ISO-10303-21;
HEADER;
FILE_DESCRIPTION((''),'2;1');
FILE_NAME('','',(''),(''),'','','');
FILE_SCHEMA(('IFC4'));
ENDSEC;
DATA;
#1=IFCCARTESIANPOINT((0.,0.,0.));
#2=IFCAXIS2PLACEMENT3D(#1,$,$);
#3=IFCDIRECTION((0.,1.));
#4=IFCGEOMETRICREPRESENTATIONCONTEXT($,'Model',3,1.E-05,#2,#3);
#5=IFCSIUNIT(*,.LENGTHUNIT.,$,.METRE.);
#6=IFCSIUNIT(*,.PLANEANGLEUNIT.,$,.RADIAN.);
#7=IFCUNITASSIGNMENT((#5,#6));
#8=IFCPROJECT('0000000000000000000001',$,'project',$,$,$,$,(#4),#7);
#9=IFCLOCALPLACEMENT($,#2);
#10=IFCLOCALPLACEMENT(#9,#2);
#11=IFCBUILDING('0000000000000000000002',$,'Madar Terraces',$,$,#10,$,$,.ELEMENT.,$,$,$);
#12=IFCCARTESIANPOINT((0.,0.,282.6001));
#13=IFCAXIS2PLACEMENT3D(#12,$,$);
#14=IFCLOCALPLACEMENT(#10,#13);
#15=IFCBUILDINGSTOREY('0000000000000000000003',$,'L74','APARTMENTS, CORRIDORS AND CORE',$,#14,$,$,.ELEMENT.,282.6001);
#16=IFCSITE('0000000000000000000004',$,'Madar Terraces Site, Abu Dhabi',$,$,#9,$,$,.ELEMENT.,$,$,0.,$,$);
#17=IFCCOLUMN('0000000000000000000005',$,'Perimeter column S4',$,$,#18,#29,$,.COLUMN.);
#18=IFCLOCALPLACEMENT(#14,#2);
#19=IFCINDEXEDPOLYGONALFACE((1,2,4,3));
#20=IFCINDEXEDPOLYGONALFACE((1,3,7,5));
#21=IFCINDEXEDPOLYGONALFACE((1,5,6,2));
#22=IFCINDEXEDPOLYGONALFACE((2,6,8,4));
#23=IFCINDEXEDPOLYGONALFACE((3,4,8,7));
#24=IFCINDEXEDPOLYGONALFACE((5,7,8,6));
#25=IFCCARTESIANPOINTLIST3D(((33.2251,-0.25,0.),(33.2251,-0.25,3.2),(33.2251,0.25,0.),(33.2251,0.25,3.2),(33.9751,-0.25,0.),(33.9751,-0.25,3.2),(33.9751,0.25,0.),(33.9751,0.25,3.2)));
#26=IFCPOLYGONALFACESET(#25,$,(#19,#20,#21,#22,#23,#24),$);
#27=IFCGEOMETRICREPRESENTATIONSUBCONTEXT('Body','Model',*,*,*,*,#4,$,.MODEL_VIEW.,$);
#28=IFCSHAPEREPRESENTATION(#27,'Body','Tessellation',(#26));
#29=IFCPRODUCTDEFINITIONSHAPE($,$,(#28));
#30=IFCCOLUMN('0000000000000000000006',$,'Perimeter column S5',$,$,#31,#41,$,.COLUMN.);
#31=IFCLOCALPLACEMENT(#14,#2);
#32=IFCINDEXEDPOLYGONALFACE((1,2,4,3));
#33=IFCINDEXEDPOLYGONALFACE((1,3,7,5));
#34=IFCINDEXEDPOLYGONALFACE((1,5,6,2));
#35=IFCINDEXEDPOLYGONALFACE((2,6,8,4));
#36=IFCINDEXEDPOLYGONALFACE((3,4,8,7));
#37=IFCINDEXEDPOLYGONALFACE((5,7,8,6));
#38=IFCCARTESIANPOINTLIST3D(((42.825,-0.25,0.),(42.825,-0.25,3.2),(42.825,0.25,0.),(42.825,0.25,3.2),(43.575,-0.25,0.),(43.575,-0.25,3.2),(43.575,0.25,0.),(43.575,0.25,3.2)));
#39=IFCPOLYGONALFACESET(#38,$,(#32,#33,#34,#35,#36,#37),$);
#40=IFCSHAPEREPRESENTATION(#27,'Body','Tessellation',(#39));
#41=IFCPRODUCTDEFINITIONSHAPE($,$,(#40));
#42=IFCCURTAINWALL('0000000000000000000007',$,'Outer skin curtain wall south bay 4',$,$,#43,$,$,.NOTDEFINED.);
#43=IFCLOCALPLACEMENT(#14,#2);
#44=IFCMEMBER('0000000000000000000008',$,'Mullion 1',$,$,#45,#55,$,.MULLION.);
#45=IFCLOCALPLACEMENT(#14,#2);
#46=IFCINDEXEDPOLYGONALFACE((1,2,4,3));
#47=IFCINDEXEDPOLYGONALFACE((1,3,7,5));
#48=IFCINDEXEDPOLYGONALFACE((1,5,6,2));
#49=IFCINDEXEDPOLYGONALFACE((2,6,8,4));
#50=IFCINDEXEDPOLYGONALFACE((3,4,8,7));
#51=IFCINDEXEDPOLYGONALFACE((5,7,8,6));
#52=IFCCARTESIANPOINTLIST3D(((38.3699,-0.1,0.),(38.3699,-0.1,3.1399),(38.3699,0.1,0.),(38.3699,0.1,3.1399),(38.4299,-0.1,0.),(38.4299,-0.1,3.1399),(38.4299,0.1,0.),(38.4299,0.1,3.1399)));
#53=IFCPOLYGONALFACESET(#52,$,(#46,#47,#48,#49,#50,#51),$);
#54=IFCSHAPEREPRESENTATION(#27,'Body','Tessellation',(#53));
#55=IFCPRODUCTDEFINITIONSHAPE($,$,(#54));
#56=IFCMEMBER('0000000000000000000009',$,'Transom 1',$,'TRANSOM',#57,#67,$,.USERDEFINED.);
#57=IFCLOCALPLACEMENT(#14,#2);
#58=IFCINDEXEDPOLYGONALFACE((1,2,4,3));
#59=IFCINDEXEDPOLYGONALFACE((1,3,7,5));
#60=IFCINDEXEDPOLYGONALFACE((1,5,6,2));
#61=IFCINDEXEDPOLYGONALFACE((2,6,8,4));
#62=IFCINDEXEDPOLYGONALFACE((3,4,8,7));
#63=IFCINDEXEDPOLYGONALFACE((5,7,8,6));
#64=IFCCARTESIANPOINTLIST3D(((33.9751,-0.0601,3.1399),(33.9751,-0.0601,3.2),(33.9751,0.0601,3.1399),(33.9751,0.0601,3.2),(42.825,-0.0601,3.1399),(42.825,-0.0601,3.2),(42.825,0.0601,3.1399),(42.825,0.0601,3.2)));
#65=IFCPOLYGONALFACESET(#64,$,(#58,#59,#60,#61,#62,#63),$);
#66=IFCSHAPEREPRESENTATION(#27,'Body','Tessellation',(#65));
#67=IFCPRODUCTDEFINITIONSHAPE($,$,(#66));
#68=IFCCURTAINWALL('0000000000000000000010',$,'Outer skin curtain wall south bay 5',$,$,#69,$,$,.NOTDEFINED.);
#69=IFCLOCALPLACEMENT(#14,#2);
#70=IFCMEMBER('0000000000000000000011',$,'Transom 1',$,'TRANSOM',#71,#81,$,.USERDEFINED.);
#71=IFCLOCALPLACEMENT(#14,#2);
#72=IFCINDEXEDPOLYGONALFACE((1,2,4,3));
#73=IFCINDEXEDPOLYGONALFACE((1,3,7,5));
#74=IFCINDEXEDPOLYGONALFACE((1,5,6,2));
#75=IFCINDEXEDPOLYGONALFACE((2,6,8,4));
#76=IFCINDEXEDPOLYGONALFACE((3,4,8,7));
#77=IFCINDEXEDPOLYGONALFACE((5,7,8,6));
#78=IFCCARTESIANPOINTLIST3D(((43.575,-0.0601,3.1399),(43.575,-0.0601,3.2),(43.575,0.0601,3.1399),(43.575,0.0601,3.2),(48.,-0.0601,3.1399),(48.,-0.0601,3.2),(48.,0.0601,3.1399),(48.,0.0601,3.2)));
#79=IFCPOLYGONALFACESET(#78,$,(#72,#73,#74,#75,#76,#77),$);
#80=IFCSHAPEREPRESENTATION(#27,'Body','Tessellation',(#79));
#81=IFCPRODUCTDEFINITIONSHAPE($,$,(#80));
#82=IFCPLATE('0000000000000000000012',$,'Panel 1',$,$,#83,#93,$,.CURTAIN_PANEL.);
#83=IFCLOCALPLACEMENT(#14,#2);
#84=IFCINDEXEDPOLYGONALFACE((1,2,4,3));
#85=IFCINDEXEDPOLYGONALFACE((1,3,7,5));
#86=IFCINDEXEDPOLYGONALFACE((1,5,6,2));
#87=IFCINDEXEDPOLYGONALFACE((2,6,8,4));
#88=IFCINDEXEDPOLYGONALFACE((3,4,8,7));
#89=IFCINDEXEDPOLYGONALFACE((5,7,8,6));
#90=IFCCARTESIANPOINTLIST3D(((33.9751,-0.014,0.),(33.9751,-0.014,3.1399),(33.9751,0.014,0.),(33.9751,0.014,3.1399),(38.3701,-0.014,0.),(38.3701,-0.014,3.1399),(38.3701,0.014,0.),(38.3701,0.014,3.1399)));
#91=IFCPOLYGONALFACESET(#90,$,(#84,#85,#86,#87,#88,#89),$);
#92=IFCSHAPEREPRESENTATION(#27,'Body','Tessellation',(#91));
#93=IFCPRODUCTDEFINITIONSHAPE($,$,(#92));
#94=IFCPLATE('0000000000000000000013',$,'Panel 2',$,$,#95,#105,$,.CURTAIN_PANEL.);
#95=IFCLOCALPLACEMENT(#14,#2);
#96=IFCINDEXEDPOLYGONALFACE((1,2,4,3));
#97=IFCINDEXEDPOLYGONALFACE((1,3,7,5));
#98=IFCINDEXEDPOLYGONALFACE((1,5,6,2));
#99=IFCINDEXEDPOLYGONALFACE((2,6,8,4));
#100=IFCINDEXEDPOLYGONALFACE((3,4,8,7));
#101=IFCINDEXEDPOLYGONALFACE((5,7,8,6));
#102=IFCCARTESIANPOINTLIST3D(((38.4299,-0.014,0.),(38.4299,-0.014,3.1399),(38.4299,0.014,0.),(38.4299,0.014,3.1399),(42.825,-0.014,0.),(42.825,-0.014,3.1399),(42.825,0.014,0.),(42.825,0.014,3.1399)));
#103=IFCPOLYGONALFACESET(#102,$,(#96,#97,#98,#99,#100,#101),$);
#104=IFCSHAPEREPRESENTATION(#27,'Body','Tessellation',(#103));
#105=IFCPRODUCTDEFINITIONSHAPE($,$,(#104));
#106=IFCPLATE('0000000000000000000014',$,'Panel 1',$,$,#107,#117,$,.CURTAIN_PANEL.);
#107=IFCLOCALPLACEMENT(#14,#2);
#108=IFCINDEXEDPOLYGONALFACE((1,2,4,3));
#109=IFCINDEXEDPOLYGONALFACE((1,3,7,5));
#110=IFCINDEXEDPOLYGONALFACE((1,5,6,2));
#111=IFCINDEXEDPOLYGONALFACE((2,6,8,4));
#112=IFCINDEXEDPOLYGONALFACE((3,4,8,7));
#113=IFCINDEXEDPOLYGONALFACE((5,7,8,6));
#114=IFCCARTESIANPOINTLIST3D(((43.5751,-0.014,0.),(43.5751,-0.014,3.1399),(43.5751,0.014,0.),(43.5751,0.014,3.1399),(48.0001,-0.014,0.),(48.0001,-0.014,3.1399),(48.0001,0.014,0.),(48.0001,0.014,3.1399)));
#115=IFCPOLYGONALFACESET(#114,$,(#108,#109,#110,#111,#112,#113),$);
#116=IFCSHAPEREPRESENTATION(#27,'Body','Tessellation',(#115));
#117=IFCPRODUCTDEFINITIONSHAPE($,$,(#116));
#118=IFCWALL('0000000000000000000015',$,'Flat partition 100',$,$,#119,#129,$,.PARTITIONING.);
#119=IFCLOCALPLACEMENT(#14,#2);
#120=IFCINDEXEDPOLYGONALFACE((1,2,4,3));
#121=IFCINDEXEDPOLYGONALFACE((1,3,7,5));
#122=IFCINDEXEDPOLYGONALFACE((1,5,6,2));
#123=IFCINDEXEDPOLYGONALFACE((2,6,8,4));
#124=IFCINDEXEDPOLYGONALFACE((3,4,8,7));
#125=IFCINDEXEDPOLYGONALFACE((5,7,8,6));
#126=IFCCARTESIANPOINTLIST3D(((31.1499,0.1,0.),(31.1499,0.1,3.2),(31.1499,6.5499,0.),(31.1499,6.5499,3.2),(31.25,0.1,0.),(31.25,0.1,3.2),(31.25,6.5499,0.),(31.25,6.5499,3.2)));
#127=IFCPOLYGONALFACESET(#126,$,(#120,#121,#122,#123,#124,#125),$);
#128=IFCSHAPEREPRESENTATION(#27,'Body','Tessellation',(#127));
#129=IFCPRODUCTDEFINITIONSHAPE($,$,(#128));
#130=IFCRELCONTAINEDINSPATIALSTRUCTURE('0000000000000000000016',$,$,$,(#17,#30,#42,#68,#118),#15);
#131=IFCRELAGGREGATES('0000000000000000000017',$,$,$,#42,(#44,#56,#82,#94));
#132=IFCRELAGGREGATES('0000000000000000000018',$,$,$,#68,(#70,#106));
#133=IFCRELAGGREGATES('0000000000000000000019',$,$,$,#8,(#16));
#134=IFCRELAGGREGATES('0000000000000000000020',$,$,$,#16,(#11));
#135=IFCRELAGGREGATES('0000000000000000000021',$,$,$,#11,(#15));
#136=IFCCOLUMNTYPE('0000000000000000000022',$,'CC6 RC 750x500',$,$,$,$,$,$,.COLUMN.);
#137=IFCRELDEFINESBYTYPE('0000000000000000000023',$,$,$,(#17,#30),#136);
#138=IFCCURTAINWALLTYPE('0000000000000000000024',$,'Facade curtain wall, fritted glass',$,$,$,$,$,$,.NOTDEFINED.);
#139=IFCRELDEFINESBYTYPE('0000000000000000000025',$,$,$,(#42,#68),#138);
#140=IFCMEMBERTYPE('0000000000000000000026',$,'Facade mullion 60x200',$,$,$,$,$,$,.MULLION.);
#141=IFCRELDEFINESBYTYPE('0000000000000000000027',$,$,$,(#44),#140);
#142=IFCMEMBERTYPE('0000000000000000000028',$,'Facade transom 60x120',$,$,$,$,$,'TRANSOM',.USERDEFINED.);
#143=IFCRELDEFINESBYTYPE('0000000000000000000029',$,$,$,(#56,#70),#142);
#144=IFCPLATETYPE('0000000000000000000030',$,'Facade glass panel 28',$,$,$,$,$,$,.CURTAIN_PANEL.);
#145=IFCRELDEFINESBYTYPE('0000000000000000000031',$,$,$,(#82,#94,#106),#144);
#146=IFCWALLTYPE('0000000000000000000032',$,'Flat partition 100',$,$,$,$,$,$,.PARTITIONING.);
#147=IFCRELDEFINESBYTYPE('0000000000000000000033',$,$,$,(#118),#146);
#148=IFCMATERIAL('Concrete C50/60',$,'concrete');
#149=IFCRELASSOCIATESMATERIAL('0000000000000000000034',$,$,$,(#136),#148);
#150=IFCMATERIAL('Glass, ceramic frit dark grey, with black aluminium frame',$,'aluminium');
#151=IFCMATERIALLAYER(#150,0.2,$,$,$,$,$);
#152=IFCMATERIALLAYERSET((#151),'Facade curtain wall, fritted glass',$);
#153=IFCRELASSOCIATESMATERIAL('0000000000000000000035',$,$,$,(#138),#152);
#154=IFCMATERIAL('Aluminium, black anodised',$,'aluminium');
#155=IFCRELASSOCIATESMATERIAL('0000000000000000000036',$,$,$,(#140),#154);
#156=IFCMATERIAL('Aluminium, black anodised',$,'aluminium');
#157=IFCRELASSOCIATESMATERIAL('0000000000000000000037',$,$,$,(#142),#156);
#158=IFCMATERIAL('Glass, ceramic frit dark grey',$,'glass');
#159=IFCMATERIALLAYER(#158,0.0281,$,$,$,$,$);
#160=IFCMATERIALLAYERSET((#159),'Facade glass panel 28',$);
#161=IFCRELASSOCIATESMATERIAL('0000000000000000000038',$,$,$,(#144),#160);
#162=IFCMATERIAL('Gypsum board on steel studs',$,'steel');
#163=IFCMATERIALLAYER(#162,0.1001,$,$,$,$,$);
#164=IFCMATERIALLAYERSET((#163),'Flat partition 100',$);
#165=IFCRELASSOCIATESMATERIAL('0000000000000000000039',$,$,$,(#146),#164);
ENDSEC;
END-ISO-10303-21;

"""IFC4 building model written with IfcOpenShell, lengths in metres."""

from ifc_helpers import new_model, si_unit, direction, frame, frame_2d, origin, origin_2d, place, context, subcontext, project, spatial, rectangle, extrude, material, layer, layer_set, material_profile, profile_set, type_object, element, aggregate, save


model = new_model("IFC4")

# Units and contexts
model_context = context("Model", 3, precision=1e-05, world=origin(), true_north=direction((0.0, 1.0)))
body_context = subcontext(model_context, "Body", "Model", "MODEL_VIEW")
ifc_project = project(units=[si_unit("LENGTHUNIT", "METRE"), si_unit("PLANEANGLEUNIT", "RADIAN")], contexts=[model_context])

# Site, building, storey
site_placement = place(None, origin())
site = spatial("IfcSite", under=ifc_project, at=site_placement, Name="Madar Terraces Site, Abu Dhabi", CompositionType="ELEMENT", RefElevation=0.0)
building_placement = place(site_placement, origin())
building = spatial("IfcBuilding", under=site, at=building_placement, Name="Madar Terraces", CompositionType="ELEMENT")
storey_placement = place(building_placement, frame((0.0, 0.0, 282.6001)))
storey = spatial("IfcBuildingStorey", under=building, at=storey_placement, Name="L74", Description="APARTMENTS, CORRIDORS AND CORE", CompositionType="ELEMENT", Elevation=282.6001)

# Columns
ifc_material_1 = material(Name="Concrete C50/60", Category="concrete")
ifc_material_profile_1 = material_profile(ifc_material_1, rectangle(XDim=0.75, YDim=0.5, at=origin_2d()), Name="CC6 RC 750x500")
ifc_profile_set_1 = profile_set([ifc_material_profile_1], Name="Concrete C50/60")
column_type = type_object("IfcColumnType", Name="CC6 RC 750x500", PredefinedType="COLUMN", material=ifc_profile_set_1)
for number, where, z_axis, x_axis, name in (
    (1, (33.6001, 0.0, 0.0), (0.0, 0.0, 1.0), (1.0, 0.0, 0.0), "Perimeter column S4"),
    (2, (43.2, 0.0, 0.0), (0.0, 0.0, 1.0), (1.0, 0.0, 0.0), "Perimeter column S5"),
):
    element("IfcColumn", number, at=place(storey_placement, frame(where, z_axis=z_axis, x_axis=x_axis)), inside=storey, type_object=column_type, Name=name, PredefinedType="COLUMN", context=body_context, shape_type="SweptSolid", body=[
        extrude(rectangle(XDim=0.75, YDim=0.5, at=origin_2d()), origin(), (0.0, 0.0, 1.0), 3.2),
    ])

# Curtain wall, members
ifc_material_2 = material(Name="Glass, ceramic frit dark grey, with black aluminium frame", Category="aluminium")
ifc_layer_1 = layer(ifc_material_2, 0.2)
ifc_layer_set_1 = layer_set([ifc_layer_1], Name="Facade curtain wall, fritted glass")
curtain_wall_type = type_object("IfcCurtainWallType", Name="Facade curtain wall, fritted glass", PredefinedType="NOTDEFINED", material=ifc_layer_set_1)
curtain_wall_1_placement = place(storey_placement, origin())
curtain_wall_1 = element("IfcCurtainWall", 3, at=curtain_wall_1_placement, inside=storey, type_object=curtain_wall_type, Name="Outer skin curtain wall south bay 4", PredefinedType="NOTDEFINED")
ifc_material_3 = material(Name="Aluminium, black anodised", Category="aluminium")
ifc_material_profile_2 = material_profile(ifc_material_3, rectangle(XDim=0.2, YDim=0.0601, at=origin_2d()), Name="Facade mullion 60x200")
ifc_profile_set_2 = profile_set([ifc_material_profile_2], Name="Aluminium, black anodised")
member_type_1 = type_object("IfcMemberType", Name="Facade mullion 60x200", PredefinedType="MULLION", material=ifc_profile_set_2)
member_1_placement = place(storey_placement, frame((38.3999, 0.0, 0.0), z_axis=(0.0, 0.0, 1.0), x_axis=(0.0, 1.0, 0.0)))
member_1 = element("IfcMember", 4, at=member_1_placement, type_object=member_type_1, Name="Mullion 1", PredefinedType="MULLION", context=body_context, shape_type="SweptSolid", body=[
    extrude(rectangle(XDim=0.2, YDim=0.0601, at=origin_2d()), origin(), (0.0, 0.0, 1.0), 3.1399),
])
ifc_material_4 = material(Name="Aluminium, black anodised", Category="aluminium")
ifc_material_profile_3 = material_profile(ifc_material_4, rectangle(XDim=0.1201, YDim=0.0601, at=origin_2d()), Name="Facade transom 60x120")
ifc_profile_set_3 = profile_set([ifc_material_profile_3], Name="Aluminium, black anodised")
member_type_2 = type_object("IfcMemberType", Name="Facade transom 60x120", ElementType="TRANSOM", PredefinedType="USERDEFINED", material=ifc_profile_set_3)
member_2_placement = place(storey_placement, frame((33.9751, 0.0, 3.1699), z_axis=(1.0, 0.0, 0.0), x_axis=(0.0, 1.0, 0.0)))
member_2 = element("IfcMember", 5, at=member_2_placement, type_object=member_type_2, Name="Transom 1", ObjectType="TRANSOM", PredefinedType="USERDEFINED", context=body_context, shape_type="SweptSolid", body=[
    extrude(rectangle(XDim=0.1201, YDim=0.0601, at=origin_2d()), origin(), (0.0, 0.0, 1.0), 8.8499),
])

# Curtain wall, member
curtain_wall_2_placement = place(storey_placement, origin())
curtain_wall_2 = element("IfcCurtainWall", 6, at=curtain_wall_2_placement, inside=storey, type_object=curtain_wall_type, Name="Outer skin curtain wall south bay 5", PredefinedType="NOTDEFINED")
member_3_placement = place(storey_placement, frame((43.575, 0.0, 3.1699), z_axis=(1.0, 0.0, 0.0), x_axis=(0.0, 1.0, 0.0)))
member_3 = element("IfcMember", 7, at=member_3_placement, type_object=member_type_2, Name="Transom 1", ObjectType="TRANSOM", PredefinedType="USERDEFINED", context=body_context, shape_type="SweptSolid", body=[
    extrude(rectangle(XDim=0.1201, YDim=0.0601, at=origin_2d()), origin(), (0.0, 0.0, 1.0), 4.425),
])

# Plates
ifc_material_5 = material(Name="Glass, ceramic frit dark grey", Category="glass")
ifc_layer_2 = layer(ifc_material_5, 0.0281)
ifc_layer_set_2 = layer_set([ifc_layer_2], Name="Facade glass panel 28")
plate_type = type_object("IfcPlateType", Name="Facade glass panel 28", PredefinedType="CURTAIN_PANEL", material=ifc_layer_set_2)
plate_1_placement = place(storey_placement, frame((36.1726, 0.0, 0.0), z_axis=(0.0, 0.0, 1.0), x_axis=(1.0, 0.0, 0.0)))
plate_1 = element("IfcPlate", 8, at=plate_1_placement, type_object=plate_type, Name="Panel 1", PredefinedType="CURTAIN_PANEL", context=body_context, shape_type="SweptSolid", body=[
    extrude(rectangle(XDim=4.395, YDim=0.0281, at=origin_2d()), origin(), (0.0, 0.0, 1.0), 3.1399),
])
plate_2_placement = place(storey_placement, frame((40.6274, 0.0, 0.0), z_axis=(0.0, 0.0, 1.0), x_axis=(1.0, 0.0, 0.0)))
plate_2 = element("IfcPlate", 9, at=plate_2_placement, type_object=plate_type, Name="Panel 2", PredefinedType="CURTAIN_PANEL", context=body_context, shape_type="SweptSolid", body=[
    extrude(rectangle(XDim=4.395, YDim=0.0281, at=origin_2d()), origin(), (0.0, 0.0, 1.0), 3.1399),
])
aggregate(curtain_wall_1, [member_1, member_2, plate_1, plate_2])
plate_3_placement = place(storey_placement, frame((45.7876, 0.0, 0.0), z_axis=(0.0, 0.0, 1.0), x_axis=(1.0, 0.0, 0.0)))
plate_3 = element("IfcPlate", 10, at=plate_3_placement, type_object=plate_type, Name="Panel 1", PredefinedType="CURTAIN_PANEL", context=body_context, shape_type="SweptSolid", body=[
    extrude(rectangle(XDim=4.425, YDim=0.0281, at=origin_2d()), origin(), (0.0, 0.0, 1.0), 3.1399),
])
aggregate(curtain_wall_2, [member_3, plate_3])

# Wall
ifc_material_6 = material(Name="Gypsum board on steel studs", Category="steel")
ifc_layer_3 = layer(ifc_material_6, 0.1001)
ifc_layer_set_3 = layer_set([ifc_layer_3], Name="Flat partition 100")
wall_type_1 = type_object("IfcWallType", Name="Flat partition 100", PredefinedType="PARTITIONING", material=ifc_layer_set_3)
wall_1_placement = place(storey_placement, frame((31.2, 6.55, 0.0), z_axis=(0.0, 0.0, 1.0), x_axis=(0.0, -1.0, 0.0)))
element("IfcWall", 11, at=wall_1_placement, inside=storey, type_object=wall_type_1, Name="Flat partition 100", PredefinedType="PARTITIONING", context=body_context, shape_type="SweptSolid", body=[
    extrude(rectangle(XDim=6.45, YDim=0.1001, at=frame_2d((3.2251, 0.0))), origin(), (0.0, 0.0, 1.0), 3.2),
])

save(model, "model.ifc")
